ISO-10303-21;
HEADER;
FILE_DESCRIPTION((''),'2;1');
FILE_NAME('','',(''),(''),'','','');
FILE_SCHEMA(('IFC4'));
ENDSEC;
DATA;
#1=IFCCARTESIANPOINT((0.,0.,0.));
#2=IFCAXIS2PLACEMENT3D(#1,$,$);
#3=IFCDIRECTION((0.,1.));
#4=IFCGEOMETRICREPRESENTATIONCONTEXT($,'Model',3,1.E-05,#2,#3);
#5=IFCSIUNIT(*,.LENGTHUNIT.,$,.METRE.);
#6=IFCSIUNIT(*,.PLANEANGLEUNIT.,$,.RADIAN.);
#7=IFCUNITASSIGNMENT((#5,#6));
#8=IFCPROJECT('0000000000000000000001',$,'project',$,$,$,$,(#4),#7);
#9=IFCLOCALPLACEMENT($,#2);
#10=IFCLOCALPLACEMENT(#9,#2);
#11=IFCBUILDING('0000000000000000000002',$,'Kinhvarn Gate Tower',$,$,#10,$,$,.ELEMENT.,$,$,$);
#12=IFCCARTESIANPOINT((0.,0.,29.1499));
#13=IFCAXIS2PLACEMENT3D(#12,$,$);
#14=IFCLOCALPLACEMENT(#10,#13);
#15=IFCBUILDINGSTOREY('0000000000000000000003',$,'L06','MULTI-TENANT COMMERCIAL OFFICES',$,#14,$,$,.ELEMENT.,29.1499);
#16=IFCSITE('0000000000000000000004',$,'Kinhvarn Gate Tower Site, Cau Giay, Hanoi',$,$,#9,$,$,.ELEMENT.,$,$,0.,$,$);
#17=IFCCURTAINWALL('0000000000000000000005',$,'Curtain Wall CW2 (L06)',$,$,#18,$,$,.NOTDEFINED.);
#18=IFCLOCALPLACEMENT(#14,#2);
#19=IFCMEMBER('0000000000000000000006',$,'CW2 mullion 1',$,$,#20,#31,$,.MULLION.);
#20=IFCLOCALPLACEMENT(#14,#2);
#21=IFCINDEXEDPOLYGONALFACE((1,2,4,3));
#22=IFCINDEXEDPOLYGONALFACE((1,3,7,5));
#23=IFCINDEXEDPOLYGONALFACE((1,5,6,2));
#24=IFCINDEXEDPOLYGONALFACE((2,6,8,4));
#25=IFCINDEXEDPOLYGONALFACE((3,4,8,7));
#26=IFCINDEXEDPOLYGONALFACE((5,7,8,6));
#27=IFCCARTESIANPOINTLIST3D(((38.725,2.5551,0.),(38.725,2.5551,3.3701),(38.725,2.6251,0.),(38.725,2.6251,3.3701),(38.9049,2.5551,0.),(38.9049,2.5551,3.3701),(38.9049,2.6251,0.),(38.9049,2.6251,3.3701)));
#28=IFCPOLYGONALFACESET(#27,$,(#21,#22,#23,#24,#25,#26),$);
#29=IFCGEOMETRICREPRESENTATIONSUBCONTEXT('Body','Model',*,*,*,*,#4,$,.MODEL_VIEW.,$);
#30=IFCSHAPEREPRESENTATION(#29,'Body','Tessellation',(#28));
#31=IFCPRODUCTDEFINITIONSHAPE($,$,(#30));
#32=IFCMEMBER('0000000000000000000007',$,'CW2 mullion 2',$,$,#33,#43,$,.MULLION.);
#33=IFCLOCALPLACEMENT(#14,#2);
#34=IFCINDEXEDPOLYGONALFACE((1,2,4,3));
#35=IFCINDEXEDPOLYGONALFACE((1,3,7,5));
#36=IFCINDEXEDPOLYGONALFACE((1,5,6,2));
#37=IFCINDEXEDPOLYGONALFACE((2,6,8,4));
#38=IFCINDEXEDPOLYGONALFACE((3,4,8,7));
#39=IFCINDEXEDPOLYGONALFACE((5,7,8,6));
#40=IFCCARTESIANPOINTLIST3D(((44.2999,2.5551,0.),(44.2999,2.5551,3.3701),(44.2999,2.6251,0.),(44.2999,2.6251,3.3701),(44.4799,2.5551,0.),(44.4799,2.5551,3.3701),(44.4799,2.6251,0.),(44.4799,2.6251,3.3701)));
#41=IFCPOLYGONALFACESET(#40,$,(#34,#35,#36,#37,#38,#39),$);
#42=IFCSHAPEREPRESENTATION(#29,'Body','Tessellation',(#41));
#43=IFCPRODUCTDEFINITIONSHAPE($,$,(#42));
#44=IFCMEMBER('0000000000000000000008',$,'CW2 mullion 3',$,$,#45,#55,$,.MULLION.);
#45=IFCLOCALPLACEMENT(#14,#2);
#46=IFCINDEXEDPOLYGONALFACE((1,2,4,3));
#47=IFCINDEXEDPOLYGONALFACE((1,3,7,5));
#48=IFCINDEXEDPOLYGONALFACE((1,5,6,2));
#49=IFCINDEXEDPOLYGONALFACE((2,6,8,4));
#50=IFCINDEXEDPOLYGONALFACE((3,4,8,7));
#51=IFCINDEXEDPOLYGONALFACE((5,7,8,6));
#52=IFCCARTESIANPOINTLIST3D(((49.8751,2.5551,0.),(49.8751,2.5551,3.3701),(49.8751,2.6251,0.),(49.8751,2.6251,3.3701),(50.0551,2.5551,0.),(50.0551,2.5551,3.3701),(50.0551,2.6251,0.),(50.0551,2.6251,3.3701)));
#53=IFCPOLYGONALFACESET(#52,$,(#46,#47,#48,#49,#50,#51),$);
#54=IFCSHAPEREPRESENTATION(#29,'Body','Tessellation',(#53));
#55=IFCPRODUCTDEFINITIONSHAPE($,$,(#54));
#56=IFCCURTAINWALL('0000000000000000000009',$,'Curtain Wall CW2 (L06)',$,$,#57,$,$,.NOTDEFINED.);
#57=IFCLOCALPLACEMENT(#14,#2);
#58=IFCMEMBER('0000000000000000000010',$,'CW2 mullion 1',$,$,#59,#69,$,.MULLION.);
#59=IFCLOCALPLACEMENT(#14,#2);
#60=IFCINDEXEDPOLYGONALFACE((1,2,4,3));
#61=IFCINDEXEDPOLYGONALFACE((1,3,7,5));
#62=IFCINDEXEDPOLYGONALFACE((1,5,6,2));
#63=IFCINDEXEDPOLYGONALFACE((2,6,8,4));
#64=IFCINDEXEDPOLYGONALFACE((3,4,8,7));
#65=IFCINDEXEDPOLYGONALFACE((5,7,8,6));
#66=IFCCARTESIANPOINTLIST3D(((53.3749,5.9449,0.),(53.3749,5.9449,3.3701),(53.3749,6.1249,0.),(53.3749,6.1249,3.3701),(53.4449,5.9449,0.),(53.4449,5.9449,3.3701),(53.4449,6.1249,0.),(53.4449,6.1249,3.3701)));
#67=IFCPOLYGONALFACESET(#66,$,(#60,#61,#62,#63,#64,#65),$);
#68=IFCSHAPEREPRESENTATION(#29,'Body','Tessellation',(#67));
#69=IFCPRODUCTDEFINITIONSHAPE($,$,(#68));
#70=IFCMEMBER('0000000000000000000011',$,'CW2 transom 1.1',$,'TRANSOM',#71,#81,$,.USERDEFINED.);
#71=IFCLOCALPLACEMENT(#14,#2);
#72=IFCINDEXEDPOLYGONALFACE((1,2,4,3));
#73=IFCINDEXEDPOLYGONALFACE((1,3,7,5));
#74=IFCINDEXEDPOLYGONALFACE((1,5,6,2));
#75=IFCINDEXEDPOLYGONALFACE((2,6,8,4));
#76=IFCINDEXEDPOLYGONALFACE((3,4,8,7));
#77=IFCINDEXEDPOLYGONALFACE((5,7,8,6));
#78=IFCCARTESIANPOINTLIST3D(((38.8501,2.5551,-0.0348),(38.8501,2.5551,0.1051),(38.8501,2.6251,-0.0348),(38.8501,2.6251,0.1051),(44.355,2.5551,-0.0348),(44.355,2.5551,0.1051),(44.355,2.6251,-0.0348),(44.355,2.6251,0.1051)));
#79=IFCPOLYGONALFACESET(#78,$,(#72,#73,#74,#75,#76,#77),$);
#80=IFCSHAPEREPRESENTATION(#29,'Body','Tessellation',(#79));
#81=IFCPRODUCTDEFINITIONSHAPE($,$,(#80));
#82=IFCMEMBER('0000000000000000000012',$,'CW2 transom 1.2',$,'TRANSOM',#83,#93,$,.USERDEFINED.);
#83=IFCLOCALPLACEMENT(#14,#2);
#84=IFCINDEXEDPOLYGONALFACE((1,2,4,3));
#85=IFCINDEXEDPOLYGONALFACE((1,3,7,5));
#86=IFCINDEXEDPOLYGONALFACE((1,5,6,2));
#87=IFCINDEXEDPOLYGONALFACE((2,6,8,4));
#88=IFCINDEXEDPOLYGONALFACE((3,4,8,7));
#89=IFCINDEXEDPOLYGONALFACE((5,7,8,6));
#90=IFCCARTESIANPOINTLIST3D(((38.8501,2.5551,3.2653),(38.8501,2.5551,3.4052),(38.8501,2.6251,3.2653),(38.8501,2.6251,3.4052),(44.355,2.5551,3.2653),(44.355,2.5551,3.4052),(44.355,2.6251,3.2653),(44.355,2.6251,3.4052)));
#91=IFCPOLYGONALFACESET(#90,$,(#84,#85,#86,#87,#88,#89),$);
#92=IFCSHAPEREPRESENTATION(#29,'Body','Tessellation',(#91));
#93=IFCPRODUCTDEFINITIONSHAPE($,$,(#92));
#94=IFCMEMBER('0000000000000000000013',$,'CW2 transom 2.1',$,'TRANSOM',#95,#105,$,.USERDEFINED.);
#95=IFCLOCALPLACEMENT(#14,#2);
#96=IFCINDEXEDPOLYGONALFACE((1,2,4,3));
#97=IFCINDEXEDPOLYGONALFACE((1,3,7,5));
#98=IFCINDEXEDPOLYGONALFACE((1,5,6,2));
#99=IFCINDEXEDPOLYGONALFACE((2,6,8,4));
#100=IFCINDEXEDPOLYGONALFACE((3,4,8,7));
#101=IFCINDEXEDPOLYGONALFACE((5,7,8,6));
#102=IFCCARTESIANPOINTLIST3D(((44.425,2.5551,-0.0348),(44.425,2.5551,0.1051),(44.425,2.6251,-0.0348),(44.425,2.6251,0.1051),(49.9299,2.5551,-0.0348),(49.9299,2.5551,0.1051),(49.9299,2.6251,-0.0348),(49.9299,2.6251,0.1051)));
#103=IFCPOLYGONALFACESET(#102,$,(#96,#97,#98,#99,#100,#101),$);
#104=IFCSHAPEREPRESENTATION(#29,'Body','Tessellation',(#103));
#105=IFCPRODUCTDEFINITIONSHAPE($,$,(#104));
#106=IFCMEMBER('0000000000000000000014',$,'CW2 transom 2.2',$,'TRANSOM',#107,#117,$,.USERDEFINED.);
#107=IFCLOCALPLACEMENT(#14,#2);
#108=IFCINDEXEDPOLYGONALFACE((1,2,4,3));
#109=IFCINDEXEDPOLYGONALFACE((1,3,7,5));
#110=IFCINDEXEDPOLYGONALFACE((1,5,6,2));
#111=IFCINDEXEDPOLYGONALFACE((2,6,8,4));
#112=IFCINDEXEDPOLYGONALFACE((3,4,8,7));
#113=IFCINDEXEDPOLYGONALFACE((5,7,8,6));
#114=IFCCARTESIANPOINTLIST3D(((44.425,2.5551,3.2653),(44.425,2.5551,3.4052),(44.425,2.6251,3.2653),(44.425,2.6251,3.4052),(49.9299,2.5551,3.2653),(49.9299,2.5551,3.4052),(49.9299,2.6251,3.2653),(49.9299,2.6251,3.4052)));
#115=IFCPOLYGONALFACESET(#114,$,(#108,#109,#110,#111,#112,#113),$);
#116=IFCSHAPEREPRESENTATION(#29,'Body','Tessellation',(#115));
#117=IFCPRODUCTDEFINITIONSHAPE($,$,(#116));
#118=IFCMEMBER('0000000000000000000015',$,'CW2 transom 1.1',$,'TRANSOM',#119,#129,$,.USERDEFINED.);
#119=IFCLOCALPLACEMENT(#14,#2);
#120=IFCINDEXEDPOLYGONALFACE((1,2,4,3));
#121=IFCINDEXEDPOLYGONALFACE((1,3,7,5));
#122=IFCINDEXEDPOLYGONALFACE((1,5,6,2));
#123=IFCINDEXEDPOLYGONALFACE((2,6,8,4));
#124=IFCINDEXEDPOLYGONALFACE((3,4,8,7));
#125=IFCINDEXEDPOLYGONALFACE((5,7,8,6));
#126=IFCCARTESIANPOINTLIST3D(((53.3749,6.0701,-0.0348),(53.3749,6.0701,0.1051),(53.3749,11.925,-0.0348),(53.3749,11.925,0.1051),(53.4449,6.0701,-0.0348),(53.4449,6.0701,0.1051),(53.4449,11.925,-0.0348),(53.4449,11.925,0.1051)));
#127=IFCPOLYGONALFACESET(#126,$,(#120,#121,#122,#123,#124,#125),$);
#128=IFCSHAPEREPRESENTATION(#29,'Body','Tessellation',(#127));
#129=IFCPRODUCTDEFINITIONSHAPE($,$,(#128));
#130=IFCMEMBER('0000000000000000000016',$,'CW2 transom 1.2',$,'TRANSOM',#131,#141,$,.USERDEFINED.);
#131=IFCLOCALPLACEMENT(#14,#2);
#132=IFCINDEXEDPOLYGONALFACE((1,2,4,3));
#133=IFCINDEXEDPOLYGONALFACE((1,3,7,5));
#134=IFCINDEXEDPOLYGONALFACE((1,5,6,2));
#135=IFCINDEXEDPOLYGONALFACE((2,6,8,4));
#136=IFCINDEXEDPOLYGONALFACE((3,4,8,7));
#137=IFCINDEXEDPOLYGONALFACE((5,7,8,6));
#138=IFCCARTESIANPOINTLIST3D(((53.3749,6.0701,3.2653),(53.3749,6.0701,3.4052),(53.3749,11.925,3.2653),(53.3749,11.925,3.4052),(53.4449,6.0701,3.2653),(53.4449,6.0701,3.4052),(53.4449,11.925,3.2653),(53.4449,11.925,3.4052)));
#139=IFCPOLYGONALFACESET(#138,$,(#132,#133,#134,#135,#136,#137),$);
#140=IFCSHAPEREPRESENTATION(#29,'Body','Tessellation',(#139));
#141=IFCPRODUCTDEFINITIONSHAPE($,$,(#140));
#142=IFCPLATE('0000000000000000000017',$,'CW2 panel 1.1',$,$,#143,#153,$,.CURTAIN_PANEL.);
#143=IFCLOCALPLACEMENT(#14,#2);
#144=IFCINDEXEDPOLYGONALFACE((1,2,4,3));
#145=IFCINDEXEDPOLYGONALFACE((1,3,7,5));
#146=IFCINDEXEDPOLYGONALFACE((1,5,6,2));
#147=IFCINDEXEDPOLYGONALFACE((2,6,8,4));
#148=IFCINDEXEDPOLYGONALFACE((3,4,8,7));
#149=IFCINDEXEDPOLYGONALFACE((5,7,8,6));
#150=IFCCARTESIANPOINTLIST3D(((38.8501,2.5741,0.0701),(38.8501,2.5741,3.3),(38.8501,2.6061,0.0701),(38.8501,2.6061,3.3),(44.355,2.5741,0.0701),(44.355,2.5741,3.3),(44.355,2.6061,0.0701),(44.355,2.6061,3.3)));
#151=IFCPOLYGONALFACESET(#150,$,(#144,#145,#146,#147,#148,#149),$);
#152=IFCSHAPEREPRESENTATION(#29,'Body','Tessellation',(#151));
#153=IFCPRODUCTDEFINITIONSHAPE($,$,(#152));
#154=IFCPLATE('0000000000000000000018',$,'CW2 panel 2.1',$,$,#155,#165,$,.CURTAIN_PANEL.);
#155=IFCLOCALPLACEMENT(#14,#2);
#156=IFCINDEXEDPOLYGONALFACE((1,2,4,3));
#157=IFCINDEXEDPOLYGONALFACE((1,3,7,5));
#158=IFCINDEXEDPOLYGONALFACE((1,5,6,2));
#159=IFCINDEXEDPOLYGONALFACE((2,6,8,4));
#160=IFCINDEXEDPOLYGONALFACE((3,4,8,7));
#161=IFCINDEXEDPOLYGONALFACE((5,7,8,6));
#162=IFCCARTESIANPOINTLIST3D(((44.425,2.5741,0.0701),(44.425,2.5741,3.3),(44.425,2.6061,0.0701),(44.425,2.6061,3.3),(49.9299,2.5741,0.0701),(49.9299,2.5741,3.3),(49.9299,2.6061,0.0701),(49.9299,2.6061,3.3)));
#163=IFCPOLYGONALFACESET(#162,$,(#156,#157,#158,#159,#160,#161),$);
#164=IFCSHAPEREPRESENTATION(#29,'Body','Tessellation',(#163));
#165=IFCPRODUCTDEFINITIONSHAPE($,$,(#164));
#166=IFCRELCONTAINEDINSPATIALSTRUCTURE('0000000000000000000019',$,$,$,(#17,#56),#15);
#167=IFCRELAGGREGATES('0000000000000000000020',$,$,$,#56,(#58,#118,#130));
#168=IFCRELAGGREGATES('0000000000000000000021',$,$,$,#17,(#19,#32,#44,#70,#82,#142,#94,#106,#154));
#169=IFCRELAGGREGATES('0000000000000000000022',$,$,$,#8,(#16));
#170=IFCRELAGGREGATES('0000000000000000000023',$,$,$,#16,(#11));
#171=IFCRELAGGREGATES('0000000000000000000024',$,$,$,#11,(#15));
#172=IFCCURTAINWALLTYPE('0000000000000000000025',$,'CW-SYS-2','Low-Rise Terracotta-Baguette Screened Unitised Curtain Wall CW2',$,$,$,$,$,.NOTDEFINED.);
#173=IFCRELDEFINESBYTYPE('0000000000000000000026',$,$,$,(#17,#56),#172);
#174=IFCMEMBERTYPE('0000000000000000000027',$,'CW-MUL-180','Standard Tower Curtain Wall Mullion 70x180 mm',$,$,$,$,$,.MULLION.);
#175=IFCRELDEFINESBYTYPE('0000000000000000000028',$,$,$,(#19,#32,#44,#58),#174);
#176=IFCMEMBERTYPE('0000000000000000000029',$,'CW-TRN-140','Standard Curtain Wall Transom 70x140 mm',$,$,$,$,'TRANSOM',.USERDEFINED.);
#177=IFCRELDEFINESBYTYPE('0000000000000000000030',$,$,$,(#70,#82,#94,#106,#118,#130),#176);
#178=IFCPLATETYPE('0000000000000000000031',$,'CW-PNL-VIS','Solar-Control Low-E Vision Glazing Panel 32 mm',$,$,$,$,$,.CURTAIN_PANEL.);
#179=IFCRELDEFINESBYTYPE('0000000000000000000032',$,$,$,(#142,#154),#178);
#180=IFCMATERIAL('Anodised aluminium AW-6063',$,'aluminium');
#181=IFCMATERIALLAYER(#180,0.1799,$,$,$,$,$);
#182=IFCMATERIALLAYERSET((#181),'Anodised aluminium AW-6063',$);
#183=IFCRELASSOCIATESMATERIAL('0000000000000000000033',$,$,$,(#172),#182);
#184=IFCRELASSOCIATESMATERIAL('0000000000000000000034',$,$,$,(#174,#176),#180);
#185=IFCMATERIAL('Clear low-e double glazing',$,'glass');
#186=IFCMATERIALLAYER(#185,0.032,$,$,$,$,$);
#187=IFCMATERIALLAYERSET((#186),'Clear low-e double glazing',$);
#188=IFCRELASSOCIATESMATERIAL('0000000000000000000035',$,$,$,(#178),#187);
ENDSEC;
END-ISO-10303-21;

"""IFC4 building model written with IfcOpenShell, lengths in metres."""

from ifc_helpers import new_model, si_unit, direction, frame, origin, origin_2d, place, context, subcontext, project, spatial, rectangle, extrude, material, layer, layer_set, material_profile, profile_set, type_object, element, aggregate, save


model = new_model("IFC4")

# Units and contexts
model_context = context("Model", 3, precision=1e-05, world=origin(), true_north=direction((0.0, 1.0)))
body_context = subcontext(model_context, "Body", "Model", "MODEL_VIEW")
ifc_project = project(units=[si_unit("LENGTHUNIT", "METRE"), si_unit("PLANEANGLEUNIT", "RADIAN")], contexts=[model_context])

# Site, building, storey
site_placement = place(None, origin())
site = spatial("IfcSite", under=ifc_project, at=site_placement, Name="Kinhvarn Gate Tower Site, Cau Giay, Hanoi", CompositionType="ELEMENT", RefElevation=0.0)
building_placement = place(site_placement, origin())
building = spatial("IfcBuilding", under=site, at=building_placement, Name="Kinhvarn Gate Tower", CompositionType="ELEMENT")
storey_placement = place(building_placement, frame((0.0, 0.0, 29.1499)))
storey = spatial("IfcBuildingStorey", under=building, at=storey_placement, Name="L06", Description="MULTI-TENANT COMMERCIAL OFFICES", CompositionType="ELEMENT", Elevation=29.1499)

# Curtain wall, members
ifc_material_1 = material(Name="Anodised aluminium AW-6063", Category="aluminium")
ifc_layer_1 = layer(ifc_material_1, 0.1799)
ifc_layer_set_1 = layer_set([ifc_layer_1], Name="Anodised aluminium AW-6063")
curtain_wall_type = type_object("IfcCurtainWallType", Name="CW-SYS-2", Description="Low-Rise Terracotta-Baguette Screened Unitised Curtain Wall CW2", PredefinedType="NOTDEFINED", material=ifc_layer_set_1)
curtain_wall_1_placement = place(storey_placement, origin())
curtain_wall_1 = element("IfcCurtainWall", 1, at=curtain_wall_1_placement, inside=storey, type_object=curtain_wall_type, Name="Curtain Wall CW2 (L06)", PredefinedType="NOTDEFINED")
ifc_material_profile_1 = material_profile(ifc_material_1, rectangle(XDim=0.0701, YDim=0.1799, at=origin_2d()), Name="ALU 70x180")
ifc_profile_set_1 = profile_set([ifc_material_profile_1], Name="Anodised aluminium AW-6063")
member_type_1 = type_object("IfcMemberType", Name="CW-MUL-180", Description="Standard Tower Curtain Wall Mullion 70x180 mm", PredefinedType="MULLION", material=ifc_profile_set_1)
member_1_placement = place(storey_placement, frame((38.8149, 2.5901, 0.0), z_axis=(0.0, 0.0, 1.0), x_axis=(0.0, 1.0, 0.0)))
member_1 = element("IfcMember", 2, at=member_1_placement, type_object=member_type_1, Name="CW2 mullion 1", PredefinedType="MULLION", context=body_context, shape_type="SweptSolid", body=[
    extrude(rectangle(XDim=0.0701, YDim=0.1799, at=origin_2d()), origin(), (0.0, 0.0, 1.0), 3.3701),
])
member_2_placement = place(storey_placement, frame((44.3899, 2.5901, 0.0), z_axis=(0.0, 0.0, 1.0), x_axis=(0.0, 1.0, 0.0)))
member_2 = element("IfcMember", 3, at=member_2_placement, type_object=member_type_1, Name="CW2 mullion 2", PredefinedType="MULLION", context=body_context, shape_type="SweptSolid", body=[
    extrude(rectangle(XDim=0.0701, YDim=0.1799, at=origin_2d()), origin(), (0.0, 0.0, 1.0), 3.3701),
])
member_3_placement = place(storey_placement, frame((49.9651, 2.5901, 0.0), z_axis=(0.0, 0.0, 1.0), x_axis=(0.0, 1.0, 0.0)))
member_3 = element("IfcMember", 4, at=member_3_placement, type_object=member_type_1, Name="CW2 mullion 3", PredefinedType="MULLION", context=body_context, shape_type="SweptSolid", body=[
    extrude(rectangle(XDim=0.0701, YDim=0.1799, at=origin_2d()), origin(), (0.0, 0.0, 1.0), 3.3701),
])

# Curtain wall, member
curtain_wall_2_placement = place(storey_placement, origin())
curtain_wall_2 = element("IfcCurtainWall", 5, at=curtain_wall_2_placement, inside=storey, type_object=curtain_wall_type, Name="Curtain Wall CW2 (L06)", PredefinedType="NOTDEFINED")
member_4_placement = place(storey_placement, frame((53.4099, 6.0349, 0.0), z_axis=(0.0, 0.0, 1.0), x_axis=(-1.0, 0.0, 0.0)))
member_4 = element("IfcMember", 6, at=member_4_placement, type_object=member_type_1, Name="CW2 mullion 1", PredefinedType="MULLION", context=body_context, shape_type="SweptSolid", body=[
    extrude(rectangle(XDim=0.0701, YDim=0.1799, at=origin_2d()), origin(), (0.0, 0.0, 1.0), 3.3701),
])

# Members
ifc_material_profile_2 = material_profile(ifc_material_1, rectangle(XDim=0.0701, YDim=0.1399, at=origin_2d()), Name="ALU 70x140")
ifc_profile_set_2 = profile_set([ifc_material_profile_2], Name="Anodised aluminium AW-6063")
member_type_2 = type_object("IfcMemberType", Name="CW-TRN-140", Description="Standard Curtain Wall Transom 70x140 mm", ElementType="TRANSOM", PredefinedType="USERDEFINED", material=ifc_profile_set_2)
member_5_placement = place(storey_placement, frame((38.8501, 2.5901, 0.0352), z_axis=(1.0, 0.0, 0.0), x_axis=(0.0, 1.0, 0.0)))
member_5 = element("IfcMember", 7, at=member_5_placement, type_object=member_type_2, Name="CW2 transom 1.1", ObjectType="TRANSOM", PredefinedType="USERDEFINED", context=body_context, shape_type="SweptSolid", body=[
    extrude(rectangle(XDim=0.0701, YDim=0.1399, at=origin_2d()), origin(), (0.0, 0.0, 1.0), 5.5049),
])
member_6_placement = place(storey_placement, frame((38.8501, 2.5901, 3.3352), z_axis=(1.0, 0.0, 0.0), x_axis=(0.0, 1.0, 0.0)))
member_6 = element("IfcMember", 8, at=member_6_placement, type_object=member_type_2, Name="CW2 transom 1.2", ObjectType="TRANSOM", PredefinedType="USERDEFINED", context=body_context, shape_type="SweptSolid", body=[
    extrude(rectangle(XDim=0.0701, YDim=0.1399, at=origin_2d()), origin(), (0.0, 0.0, 1.0), 5.5049),
])
member_7_placement = place(storey_placement, frame((44.425, 2.5901, 0.0352), z_axis=(1.0, 0.0, 0.0), x_axis=(0.0, 1.0, 0.0)))
member_7 = element("IfcMember", 9, at=member_7_placement, type_object=member_type_2, Name="CW2 transom 2.1", ObjectType="TRANSOM", PredefinedType="USERDEFINED", context=body_context, shape_type="SweptSolid", body=[
    extrude(rectangle(XDim=0.0701, YDim=0.1399, at=origin_2d()), origin(), (0.0, 0.0, 1.0), 5.5049),
])
member_8_placement = place(storey_placement, frame((44.425, 2.5901, 3.3352), z_axis=(1.0, 0.0, 0.0), x_axis=(0.0, 1.0, 0.0)))
member_8 = element("IfcMember", 10, at=member_8_placement, type_object=member_type_2, Name="CW2 transom 2.2", ObjectType="TRANSOM", PredefinedType="USERDEFINED", context=body_context, shape_type="SweptSolid", body=[
    extrude(rectangle(XDim=0.0701, YDim=0.1399, at=origin_2d()), origin(), (0.0, 0.0, 1.0), 5.5049),
])
member_9_placement = place(storey_placement, frame((53.4099, 6.0701, 0.0352), z_axis=(0.0, 1.0, 0.0), x_axis=(-1.0, 0.0, 0.0)))
member_9 = element("IfcMember", 11, at=member_9_placement, type_object=member_type_2, Name="CW2 transom 1.1", ObjectType="TRANSOM", PredefinedType="USERDEFINED", context=body_context, shape_type="SweptSolid", body=[
    extrude(rectangle(XDim=0.0701, YDim=0.1399, at=origin_2d()), origin(), (0.0, 0.0, 1.0), 5.855),
])
member_10_placement = place(storey_placement, frame((53.4099, 6.0701, 3.3352), z_axis=(0.0, 1.0, 0.0), x_axis=(-1.0, 0.0, 0.0)))
member_10 = element("IfcMember", 12, at=member_10_placement, type_object=member_type_2, Name="CW2 transom 1.2", ObjectType="TRANSOM", PredefinedType="USERDEFINED", context=body_context, shape_type="SweptSolid", body=[
    extrude(rectangle(XDim=0.0701, YDim=0.1399, at=origin_2d()), origin(), (0.0, 0.0, 1.0), 5.855),
])
aggregate(curtain_wall_2, [member_4, member_9, member_10])

# Plates
ifc_material_2 = material(Name="Clear low-e double glazing", Category="glass")
ifc_layer_2 = layer(ifc_material_2, 0.032)
ifc_layer_set_2 = layer_set([ifc_layer_2], Name="Clear low-e double glazing")
plate_type = type_object("IfcPlateType", Name="CW-PNL-VIS", Description="Solar-Control Low-E Vision Glazing Panel 32 mm", PredefinedType="CURTAIN_PANEL", material=ifc_layer_set_2)
plate_1_placement = place(storey_placement, frame((41.6025, 2.5901, 0.0701), z_axis=(0.0, 0.0, 1.0), x_axis=(1.0, 0.0, 0.0)))
plate_1 = element("IfcPlate", 13, at=plate_1_placement, type_object=plate_type, Name="CW2 panel 1.1", PredefinedType="CURTAIN_PANEL", context=body_context, shape_type="SweptSolid", body=[
    extrude(rectangle(XDim=5.5049, YDim=0.032, at=origin_2d()), origin(), (0.0, 0.0, 1.0), 3.23),
])
plate_2_placement = place(storey_placement, frame((47.1775, 2.5901, 0.0701), z_axis=(0.0, 0.0, 1.0), x_axis=(1.0, 0.0, 0.0)))
plate_2 = element("IfcPlate", 14, at=plate_2_placement, type_object=plate_type, Name="CW2 panel 2.1", PredefinedType="CURTAIN_PANEL", context=body_context, shape_type="SweptSolid", body=[
    extrude(rectangle(XDim=5.5049, YDim=0.032, at=origin_2d()), origin(), (0.0, 0.0, 1.0), 3.23),
])
aggregate(curtain_wall_1, [member_1, member_2, member_3, member_5, member_6, plate_1, member_7, member_8, plate_2])

save(model, "model.ifc")
